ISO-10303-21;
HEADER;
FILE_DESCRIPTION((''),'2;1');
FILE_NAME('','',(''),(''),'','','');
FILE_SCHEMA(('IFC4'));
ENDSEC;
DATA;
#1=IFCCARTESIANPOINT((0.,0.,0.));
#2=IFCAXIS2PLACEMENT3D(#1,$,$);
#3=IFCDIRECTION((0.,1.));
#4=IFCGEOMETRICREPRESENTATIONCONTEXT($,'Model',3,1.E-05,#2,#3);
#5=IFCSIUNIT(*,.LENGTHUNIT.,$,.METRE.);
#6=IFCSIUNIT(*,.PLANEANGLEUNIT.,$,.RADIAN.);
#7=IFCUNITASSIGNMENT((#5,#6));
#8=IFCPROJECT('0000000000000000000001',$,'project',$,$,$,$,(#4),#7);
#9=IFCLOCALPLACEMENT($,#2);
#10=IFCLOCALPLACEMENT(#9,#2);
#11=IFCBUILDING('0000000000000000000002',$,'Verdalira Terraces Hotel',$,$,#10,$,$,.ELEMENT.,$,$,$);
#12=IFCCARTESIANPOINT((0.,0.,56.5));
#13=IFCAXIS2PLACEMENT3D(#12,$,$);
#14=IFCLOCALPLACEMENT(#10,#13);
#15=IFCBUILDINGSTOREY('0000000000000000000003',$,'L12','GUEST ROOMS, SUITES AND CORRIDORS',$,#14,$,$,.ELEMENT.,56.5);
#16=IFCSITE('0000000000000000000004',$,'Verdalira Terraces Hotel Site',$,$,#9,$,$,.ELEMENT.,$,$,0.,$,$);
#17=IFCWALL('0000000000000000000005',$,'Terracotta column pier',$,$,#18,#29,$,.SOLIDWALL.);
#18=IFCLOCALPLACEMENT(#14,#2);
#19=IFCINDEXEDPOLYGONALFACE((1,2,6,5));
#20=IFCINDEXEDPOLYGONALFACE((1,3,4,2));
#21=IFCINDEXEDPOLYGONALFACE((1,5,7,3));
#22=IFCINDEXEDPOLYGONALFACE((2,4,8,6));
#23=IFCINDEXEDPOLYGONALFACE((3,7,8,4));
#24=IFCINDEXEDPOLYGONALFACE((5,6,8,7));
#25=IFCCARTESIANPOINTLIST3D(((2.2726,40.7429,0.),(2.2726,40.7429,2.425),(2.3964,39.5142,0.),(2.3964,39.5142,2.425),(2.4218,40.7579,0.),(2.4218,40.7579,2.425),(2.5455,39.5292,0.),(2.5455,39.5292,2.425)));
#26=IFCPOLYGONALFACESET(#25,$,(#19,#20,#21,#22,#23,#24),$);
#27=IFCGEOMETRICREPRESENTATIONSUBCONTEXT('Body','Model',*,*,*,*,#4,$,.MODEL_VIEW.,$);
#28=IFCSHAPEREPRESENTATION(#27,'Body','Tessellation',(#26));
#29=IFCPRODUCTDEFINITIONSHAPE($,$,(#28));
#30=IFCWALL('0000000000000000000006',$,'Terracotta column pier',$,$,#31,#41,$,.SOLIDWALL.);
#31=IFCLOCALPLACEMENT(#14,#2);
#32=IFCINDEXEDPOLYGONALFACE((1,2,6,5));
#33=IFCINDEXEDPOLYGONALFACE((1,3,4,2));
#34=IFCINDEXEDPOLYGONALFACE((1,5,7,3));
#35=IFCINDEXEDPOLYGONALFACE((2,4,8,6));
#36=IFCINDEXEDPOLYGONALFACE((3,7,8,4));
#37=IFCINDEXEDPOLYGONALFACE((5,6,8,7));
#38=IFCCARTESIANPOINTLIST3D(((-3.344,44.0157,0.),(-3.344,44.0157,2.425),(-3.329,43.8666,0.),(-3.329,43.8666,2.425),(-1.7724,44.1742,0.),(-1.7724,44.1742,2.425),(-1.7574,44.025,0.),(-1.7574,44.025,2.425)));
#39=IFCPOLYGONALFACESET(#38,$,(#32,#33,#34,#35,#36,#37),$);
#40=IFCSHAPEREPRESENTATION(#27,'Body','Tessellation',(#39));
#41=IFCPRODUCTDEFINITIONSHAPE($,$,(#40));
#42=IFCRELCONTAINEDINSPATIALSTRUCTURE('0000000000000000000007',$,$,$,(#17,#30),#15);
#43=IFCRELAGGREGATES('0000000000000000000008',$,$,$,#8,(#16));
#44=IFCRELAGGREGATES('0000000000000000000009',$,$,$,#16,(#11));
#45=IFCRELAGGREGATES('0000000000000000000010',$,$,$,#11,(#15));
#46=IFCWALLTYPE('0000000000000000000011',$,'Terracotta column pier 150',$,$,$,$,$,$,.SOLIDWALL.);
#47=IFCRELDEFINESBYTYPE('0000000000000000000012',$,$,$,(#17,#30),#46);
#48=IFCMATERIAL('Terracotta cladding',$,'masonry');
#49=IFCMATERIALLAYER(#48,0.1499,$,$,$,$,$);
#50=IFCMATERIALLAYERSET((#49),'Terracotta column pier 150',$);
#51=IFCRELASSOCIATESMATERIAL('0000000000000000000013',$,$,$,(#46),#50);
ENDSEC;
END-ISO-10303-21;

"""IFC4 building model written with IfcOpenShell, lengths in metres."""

from ifc_helpers import new_model, si_unit, direction, frame, frame_2d, origin, place, context, subcontext, project, spatial, rectangle, extrude, material, layer, layer_set, type_object, element, save


model = new_model("IFC4")

# Units and contexts
model_context = context("Model", 3, precision=1e-05, world=origin(), true_north=direction((0.0, 1.0)))
body_context = subcontext(model_context, "Body", "Model", "MODEL_VIEW")
ifc_project = project(units=[si_unit("LENGTHUNIT", "METRE"), si_unit("PLANEANGLEUNIT", "RADIAN")], contexts=[model_context])

# Site, building, storey
site_placement = place(None, origin())
site = spatial("IfcSite", under=ifc_project, at=site_placement, Name="Verdalira Terraces Hotel Site", CompositionType="ELEMENT", RefElevation=0.0)
building_placement = place(site_placement, origin())
building = spatial("IfcBuilding", under=site, at=building_placement, Name="Verdalira Terraces Hotel", CompositionType="ELEMENT")
storey_placement = place(building_placement, frame((0.0, 0.0, 56.5)))
storey = spatial("IfcBuildingStorey", under=building, at=storey_placement, Name="L12", Description="GUEST ROOMS, SUITES AND CORRIDORS", CompositionType="ELEMENT", Elevation=56.5)

# Walls
ifc_material_1 = material(Name="Terracotta cladding", Category="masonry")
ifc_layer_1 = layer(ifc_material_1, 0.1499)
ifc_layer_set_1 = layer_set([ifc_layer_1], Name="Terracotta column pier 150")
wall_type_1 = type_object("IfcWallType", Name="Terracotta column pier 150", PredefinedType="SOLIDWALL", material=ifc_layer_set_1)
wall_1_placement = place(storey_placement, frame((2.4709, 39.5217, 0.0), z_axis=(0.0, 0.0, 1.0), x_axis=(-0.100228, 0.994965, 0.0)))
element("IfcWall", 1, at=wall_1_placement, inside=storey, type_object=wall_type_1, Name="Terracotta column pier", PredefinedType="SOLIDWALL", context=body_context, shape_type="SweptSolid", body=[
    extrude(rectangle(XDim=1.2349, YDim=0.1499, at=frame_2d((0.6174, 0.0))), origin(), (0.0, 0.0, 1.0), 2.425),
])
wall_2_placement = place(storey_placement, frame((-1.7649, 44.0996, 0.0), z_axis=(0.0, 0.0, 1.0), x_axis=(-0.994956, -0.100315, 0.0)))
element("IfcWall", 2, at=wall_2_placement, inside=storey, type_object=wall_type_1, Name="Terracotta column pier", PredefinedType="SOLIDWALL", context=body_context, shape_type="SweptSolid", body=[
    extrude(rectangle(XDim=1.5796, YDim=0.1499, at=frame_2d((0.7898, 0.0))), origin(), (0.0, 0.0, 1.0), 2.425),
])

save(model, "model.ifc")
